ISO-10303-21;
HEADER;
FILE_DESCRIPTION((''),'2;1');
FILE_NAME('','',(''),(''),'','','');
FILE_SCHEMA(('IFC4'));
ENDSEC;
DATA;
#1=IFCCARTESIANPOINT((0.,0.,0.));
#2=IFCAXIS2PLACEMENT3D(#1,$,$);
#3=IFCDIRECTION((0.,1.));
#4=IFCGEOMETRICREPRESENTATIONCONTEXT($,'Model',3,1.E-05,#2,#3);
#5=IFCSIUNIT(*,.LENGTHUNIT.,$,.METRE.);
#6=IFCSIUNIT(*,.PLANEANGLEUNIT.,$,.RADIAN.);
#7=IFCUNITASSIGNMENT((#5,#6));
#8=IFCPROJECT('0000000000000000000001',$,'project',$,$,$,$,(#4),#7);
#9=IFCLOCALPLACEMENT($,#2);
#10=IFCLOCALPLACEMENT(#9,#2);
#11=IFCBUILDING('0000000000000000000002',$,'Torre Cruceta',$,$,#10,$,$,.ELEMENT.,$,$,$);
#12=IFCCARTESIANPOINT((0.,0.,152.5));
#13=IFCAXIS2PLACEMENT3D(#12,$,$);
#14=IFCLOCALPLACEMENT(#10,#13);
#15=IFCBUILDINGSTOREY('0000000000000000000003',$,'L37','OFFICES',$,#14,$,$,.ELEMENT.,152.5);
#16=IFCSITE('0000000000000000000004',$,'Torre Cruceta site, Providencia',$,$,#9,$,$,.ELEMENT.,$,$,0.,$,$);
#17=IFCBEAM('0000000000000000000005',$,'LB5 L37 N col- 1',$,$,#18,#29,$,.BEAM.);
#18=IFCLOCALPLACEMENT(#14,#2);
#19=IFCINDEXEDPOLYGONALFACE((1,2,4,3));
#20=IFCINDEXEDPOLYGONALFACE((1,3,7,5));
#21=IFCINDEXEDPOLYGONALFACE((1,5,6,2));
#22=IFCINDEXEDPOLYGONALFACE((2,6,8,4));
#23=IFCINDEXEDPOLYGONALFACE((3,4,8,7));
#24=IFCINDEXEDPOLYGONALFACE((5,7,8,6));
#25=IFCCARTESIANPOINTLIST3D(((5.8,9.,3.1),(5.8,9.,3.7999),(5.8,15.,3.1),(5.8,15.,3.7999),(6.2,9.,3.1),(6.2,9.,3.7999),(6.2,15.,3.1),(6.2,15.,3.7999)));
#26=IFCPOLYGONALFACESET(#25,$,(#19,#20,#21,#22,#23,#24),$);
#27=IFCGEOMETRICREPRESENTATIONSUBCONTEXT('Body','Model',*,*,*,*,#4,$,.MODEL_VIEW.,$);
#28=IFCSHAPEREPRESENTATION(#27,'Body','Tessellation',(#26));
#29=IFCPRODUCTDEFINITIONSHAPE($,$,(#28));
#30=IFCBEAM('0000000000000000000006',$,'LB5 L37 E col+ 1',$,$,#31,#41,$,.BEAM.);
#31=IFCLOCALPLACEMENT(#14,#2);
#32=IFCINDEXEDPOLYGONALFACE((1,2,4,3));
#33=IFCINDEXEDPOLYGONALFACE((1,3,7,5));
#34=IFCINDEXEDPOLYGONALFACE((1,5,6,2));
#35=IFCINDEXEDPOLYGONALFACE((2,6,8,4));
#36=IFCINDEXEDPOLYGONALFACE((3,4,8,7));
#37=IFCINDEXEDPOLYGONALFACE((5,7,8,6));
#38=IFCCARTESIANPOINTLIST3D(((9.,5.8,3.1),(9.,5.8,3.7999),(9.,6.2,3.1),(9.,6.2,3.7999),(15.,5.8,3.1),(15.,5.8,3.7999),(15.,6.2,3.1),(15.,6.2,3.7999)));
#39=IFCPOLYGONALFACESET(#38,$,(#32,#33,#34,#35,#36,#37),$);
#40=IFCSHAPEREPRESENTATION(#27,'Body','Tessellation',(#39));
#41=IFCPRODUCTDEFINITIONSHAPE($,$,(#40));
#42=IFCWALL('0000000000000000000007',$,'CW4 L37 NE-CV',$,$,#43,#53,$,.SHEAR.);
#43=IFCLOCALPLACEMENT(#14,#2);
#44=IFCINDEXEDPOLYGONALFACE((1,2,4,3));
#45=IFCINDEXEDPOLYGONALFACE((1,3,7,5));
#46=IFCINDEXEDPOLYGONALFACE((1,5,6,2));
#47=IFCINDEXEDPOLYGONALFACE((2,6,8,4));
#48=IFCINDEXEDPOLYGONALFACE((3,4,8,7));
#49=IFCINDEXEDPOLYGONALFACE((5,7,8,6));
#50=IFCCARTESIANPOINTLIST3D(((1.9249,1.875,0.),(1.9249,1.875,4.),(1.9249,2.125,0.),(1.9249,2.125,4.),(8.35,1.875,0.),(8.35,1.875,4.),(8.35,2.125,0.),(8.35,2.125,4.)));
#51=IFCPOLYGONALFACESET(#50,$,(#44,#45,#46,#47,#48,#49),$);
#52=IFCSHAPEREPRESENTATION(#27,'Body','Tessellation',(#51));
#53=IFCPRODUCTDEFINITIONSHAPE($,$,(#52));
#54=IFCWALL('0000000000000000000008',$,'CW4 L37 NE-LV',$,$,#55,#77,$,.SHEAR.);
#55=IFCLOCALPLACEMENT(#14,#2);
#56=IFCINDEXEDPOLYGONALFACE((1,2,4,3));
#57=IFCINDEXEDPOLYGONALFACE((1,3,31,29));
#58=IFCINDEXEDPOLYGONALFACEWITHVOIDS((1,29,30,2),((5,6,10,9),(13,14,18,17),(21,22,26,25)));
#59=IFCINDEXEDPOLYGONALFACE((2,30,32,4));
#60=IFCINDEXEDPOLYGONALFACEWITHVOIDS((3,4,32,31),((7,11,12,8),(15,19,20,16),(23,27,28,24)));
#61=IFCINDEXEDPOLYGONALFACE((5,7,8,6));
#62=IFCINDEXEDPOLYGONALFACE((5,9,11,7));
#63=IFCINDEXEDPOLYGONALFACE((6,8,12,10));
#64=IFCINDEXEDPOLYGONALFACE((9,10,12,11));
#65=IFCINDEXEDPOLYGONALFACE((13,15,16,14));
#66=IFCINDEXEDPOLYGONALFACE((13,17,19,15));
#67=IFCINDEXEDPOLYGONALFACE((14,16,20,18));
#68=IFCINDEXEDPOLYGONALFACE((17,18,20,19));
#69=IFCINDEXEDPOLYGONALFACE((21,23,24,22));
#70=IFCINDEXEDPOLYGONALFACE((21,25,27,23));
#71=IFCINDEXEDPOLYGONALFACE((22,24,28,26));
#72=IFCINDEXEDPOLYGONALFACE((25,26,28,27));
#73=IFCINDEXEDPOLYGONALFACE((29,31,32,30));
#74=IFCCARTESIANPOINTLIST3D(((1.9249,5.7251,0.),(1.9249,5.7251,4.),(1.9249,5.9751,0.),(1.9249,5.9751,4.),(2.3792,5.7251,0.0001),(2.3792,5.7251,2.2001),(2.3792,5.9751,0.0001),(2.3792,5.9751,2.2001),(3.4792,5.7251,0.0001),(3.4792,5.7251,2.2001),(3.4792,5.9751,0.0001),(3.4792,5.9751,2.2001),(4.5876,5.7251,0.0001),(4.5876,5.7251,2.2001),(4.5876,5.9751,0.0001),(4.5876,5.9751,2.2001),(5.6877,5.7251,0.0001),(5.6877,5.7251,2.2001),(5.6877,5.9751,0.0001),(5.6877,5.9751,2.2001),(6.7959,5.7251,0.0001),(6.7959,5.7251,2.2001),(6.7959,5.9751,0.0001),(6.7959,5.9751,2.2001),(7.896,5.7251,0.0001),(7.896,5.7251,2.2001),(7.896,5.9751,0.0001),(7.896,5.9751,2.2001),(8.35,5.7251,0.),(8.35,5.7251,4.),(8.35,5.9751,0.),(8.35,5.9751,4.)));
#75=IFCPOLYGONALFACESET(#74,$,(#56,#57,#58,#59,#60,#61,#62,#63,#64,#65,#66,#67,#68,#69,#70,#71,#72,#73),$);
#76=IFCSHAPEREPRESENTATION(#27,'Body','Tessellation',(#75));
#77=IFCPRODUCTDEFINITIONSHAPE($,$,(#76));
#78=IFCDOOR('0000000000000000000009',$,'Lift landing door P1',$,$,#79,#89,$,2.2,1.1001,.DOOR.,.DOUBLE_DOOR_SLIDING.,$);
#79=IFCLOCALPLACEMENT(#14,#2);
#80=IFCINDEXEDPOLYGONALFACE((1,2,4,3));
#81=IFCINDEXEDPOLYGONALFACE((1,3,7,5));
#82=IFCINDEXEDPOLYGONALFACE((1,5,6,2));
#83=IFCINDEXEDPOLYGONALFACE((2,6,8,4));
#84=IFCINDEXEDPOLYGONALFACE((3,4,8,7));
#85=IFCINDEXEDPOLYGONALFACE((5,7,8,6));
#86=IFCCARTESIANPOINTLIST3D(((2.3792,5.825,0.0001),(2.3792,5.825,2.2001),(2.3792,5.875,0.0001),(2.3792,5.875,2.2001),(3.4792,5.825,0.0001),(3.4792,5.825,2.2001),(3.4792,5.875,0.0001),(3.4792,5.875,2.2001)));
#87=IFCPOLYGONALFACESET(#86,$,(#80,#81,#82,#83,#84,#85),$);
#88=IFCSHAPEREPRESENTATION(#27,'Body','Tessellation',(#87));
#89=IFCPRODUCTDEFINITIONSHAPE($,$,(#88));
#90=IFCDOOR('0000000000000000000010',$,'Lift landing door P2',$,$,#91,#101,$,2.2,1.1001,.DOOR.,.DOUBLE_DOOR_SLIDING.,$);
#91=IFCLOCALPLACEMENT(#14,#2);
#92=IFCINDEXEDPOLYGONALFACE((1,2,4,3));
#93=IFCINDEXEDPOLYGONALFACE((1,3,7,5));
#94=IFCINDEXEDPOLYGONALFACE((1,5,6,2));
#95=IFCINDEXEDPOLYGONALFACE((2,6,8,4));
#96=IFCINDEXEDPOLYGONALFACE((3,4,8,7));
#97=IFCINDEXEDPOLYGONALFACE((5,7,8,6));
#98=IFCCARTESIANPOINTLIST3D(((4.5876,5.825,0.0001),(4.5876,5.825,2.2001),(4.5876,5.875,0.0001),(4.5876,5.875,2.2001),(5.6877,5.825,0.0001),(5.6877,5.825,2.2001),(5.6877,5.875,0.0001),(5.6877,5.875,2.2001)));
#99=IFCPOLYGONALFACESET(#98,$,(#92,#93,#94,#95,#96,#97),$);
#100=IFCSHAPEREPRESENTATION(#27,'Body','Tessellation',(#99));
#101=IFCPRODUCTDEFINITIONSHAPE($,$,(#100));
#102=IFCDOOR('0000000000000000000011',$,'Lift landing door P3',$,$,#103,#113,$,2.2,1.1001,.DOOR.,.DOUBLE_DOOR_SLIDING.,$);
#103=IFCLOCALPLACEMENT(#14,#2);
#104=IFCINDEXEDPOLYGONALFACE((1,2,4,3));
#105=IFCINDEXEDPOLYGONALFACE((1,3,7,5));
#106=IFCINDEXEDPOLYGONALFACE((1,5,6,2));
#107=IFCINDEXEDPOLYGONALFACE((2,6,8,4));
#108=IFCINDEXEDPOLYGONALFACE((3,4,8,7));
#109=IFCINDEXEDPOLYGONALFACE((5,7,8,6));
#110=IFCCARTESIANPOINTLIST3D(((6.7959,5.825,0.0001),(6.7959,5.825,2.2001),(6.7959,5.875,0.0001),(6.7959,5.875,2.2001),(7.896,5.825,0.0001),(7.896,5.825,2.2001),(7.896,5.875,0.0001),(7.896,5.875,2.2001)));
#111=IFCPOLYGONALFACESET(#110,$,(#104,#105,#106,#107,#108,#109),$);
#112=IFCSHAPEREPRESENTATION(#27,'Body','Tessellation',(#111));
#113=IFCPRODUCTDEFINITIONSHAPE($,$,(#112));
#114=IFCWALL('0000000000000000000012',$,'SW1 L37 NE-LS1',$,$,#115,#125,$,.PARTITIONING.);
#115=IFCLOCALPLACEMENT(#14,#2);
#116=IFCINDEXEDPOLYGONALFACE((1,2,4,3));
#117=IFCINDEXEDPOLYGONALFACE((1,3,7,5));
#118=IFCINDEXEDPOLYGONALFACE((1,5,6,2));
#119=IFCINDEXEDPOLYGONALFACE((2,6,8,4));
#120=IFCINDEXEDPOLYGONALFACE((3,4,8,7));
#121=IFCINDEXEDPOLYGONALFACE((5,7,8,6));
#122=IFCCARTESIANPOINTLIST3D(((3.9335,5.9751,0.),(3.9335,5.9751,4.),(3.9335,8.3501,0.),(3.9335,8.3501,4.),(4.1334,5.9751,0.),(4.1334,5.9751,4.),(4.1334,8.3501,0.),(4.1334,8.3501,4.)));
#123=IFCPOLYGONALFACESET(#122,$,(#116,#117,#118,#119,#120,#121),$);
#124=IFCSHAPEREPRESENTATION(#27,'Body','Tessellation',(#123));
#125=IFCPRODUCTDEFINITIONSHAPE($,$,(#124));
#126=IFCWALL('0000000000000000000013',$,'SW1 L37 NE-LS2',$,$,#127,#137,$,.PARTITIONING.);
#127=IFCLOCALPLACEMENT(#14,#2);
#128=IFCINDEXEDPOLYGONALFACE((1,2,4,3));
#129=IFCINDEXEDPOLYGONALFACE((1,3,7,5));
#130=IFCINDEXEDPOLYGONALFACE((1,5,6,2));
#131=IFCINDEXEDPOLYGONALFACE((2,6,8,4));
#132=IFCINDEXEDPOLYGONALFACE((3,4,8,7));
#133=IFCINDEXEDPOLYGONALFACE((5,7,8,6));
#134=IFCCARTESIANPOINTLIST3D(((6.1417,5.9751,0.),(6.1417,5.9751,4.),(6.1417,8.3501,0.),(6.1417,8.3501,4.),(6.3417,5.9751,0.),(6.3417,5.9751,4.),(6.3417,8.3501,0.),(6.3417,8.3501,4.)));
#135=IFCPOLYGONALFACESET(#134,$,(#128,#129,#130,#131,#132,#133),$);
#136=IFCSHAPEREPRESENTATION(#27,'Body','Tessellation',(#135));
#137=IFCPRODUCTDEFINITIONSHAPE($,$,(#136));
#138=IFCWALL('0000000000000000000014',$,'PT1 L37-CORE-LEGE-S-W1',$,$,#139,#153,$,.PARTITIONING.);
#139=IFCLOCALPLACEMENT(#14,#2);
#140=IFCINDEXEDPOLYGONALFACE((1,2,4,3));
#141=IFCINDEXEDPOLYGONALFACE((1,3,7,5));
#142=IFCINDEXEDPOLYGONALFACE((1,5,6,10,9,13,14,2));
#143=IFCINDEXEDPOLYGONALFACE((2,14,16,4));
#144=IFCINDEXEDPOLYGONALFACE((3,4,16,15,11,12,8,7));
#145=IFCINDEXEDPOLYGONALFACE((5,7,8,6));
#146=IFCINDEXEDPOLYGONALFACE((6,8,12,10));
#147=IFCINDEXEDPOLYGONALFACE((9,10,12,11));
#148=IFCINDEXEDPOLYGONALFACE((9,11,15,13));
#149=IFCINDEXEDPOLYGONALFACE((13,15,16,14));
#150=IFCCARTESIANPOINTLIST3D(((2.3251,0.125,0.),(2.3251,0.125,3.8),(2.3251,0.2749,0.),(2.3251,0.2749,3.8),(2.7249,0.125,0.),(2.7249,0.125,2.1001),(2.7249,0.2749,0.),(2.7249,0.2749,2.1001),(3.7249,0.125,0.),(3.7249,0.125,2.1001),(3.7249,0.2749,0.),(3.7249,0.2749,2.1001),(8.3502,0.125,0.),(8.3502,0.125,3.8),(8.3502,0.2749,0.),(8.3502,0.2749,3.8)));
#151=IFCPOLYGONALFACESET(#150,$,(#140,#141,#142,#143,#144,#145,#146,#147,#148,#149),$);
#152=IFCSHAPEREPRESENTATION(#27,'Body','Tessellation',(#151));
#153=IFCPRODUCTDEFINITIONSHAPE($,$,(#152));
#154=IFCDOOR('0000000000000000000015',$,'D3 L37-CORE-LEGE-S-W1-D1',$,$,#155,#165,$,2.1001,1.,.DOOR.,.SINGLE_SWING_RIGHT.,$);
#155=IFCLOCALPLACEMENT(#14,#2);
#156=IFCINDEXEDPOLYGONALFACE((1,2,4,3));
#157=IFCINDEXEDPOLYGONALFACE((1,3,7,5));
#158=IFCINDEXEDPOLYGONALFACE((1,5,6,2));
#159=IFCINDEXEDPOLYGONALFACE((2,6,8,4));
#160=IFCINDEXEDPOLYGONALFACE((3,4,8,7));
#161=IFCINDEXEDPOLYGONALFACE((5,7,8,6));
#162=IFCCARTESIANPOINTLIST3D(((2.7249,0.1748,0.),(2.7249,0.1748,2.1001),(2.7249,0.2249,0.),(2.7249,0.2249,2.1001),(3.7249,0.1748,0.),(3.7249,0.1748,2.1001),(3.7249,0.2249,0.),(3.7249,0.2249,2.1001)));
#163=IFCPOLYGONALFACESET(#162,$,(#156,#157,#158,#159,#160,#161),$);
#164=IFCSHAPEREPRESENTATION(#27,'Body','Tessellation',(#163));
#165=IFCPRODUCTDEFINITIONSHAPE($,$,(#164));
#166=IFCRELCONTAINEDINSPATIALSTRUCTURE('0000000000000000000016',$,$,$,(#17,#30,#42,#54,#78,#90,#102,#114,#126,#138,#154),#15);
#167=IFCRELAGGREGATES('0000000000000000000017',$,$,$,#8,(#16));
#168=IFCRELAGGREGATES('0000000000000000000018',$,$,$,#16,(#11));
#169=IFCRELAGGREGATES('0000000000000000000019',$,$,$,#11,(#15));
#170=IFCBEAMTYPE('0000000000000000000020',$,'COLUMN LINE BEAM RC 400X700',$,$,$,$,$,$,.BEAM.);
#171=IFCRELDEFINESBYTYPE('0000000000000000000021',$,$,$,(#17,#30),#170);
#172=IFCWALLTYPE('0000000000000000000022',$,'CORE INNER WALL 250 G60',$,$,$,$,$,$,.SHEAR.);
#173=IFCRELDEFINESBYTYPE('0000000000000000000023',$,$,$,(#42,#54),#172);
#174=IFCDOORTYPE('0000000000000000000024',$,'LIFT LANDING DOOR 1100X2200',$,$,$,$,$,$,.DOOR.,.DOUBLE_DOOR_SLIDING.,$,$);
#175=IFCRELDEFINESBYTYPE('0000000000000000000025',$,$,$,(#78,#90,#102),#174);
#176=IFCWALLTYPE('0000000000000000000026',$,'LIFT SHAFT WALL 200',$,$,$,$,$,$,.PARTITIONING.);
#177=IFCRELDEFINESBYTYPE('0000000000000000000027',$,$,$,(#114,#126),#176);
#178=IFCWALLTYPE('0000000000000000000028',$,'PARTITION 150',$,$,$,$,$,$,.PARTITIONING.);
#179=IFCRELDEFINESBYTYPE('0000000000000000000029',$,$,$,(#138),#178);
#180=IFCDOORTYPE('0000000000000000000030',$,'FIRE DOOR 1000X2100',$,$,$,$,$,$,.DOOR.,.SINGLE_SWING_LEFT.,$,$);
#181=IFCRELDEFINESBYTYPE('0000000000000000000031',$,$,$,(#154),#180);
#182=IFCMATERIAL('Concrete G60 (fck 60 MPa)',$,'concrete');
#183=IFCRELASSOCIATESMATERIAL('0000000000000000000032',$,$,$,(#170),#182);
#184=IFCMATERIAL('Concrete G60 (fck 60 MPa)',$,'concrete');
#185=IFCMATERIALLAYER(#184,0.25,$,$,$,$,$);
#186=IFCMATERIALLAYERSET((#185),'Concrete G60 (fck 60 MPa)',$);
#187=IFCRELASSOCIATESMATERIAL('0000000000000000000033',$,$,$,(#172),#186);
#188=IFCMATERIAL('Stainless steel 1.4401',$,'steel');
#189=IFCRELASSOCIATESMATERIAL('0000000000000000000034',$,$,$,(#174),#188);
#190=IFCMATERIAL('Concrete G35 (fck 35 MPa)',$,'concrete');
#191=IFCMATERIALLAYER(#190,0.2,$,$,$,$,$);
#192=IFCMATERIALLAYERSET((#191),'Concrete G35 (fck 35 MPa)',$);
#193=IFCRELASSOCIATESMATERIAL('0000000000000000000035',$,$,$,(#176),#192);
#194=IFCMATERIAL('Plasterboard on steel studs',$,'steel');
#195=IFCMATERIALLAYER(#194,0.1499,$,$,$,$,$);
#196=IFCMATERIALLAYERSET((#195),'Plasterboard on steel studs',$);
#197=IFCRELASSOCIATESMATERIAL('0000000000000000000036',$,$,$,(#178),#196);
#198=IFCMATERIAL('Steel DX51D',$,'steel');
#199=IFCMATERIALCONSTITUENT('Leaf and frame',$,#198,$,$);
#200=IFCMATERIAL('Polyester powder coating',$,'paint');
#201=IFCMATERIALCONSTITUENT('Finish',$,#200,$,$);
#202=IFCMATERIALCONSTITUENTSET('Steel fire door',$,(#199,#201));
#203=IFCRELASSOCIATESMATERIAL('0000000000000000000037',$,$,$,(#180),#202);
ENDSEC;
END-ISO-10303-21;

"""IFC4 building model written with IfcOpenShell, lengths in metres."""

from ifc_helpers import new_model, si_unit, direction, frame, frame_2d, origin, origin_2d, place, context, subcontext, project, spatial, rectangle, extrude, material, layer, layer_set, constituent, constituent_set, material_profile, profile_set, type_object, element, fill, save


model = new_model("IFC4")

# Units and contexts
model_context = context("Model", 3, precision=1e-05, world=origin(), true_north=direction((0.0, 1.0)))
body_context = subcontext(model_context, "Body", "Model", "MODEL_VIEW")
ifc_project = project(units=[si_unit("LENGTHUNIT", "METRE"), si_unit("PLANEANGLEUNIT", "RADIAN")], contexts=[model_context])

# Site, building, storey
site_placement = place(None, origin())
site = spatial("IfcSite", under=ifc_project, at=site_placement, Name="Torre Cruceta site, Providencia", CompositionType="ELEMENT", RefElevation=0.0)
building_placement = place(site_placement, origin())
building = spatial("IfcBuilding", under=site, at=building_placement, Name="Torre Cruceta", CompositionType="ELEMENT")
storey_placement = place(building_placement, frame((0.0, 0.0, 152.5)))
storey = spatial("IfcBuildingStorey", under=building, at=storey_placement, Name="L37", Description="OFFICES", CompositionType="ELEMENT", Elevation=152.5)

# Beams
ifc_material_1 = material(Name="Concrete G60 (fck 60 MPa)", Category="concrete")
ifc_material_profile = material_profile(ifc_material_1, rectangle(XDim=0.3999, YDim=0.7, at=origin_2d()), Name="RC 400X700")
ifc_profile_set = profile_set([ifc_material_profile], Name="Concrete G60 (fck 60 MPa)")
beam_type = type_object("IfcBeamType", Name="COLUMN LINE BEAM RC 400X700", PredefinedType="BEAM", material=ifc_profile_set)
for number, where, z_axis, x_axis, name in (
    (1, (6.0, 9.0, 3.45), (0.0, 1.0, 0.0), (-1.0, 0.0, 0.0), "LB5 L37 N col- 1"),
    (2, (9.0, 6.0, 3.45), (1.0, 0.0, 0.0), (0.0, 1.0, 0.0), "LB5 L37 E col+ 1"),
):
    element("IfcBeam", number, at=place(storey_placement, frame(where, z_axis=z_axis, x_axis=x_axis)), inside=storey, type_object=beam_type, Name=name, PredefinedType="BEAM", context=body_context, shape_type="SweptSolid", body=[
        extrude(rectangle(XDim=0.3999, YDim=0.7, at=origin_2d()), origin(), (0.0, 0.0, 1.0), 6.0),
    ])

# Shared definitions
ifc_material_2 = material(Name="Concrete G60 (fck 60 MPa)", Category="concrete")
ifc_layer_1 = layer(ifc_material_2, 0.25)
ifc_layer_set_1 = layer_set([ifc_layer_1], Name="Concrete G60 (fck 60 MPa)")
wall_type_1 = type_object("IfcWallType", Name="CORE INNER WALL 250 G60", PredefinedType="SHEAR", material=ifc_layer_set_1)

# Wall
wall_1_placement = place(storey_placement, frame((1.925, 2.0, 0.0), z_axis=(0.0, 0.0, 1.0), x_axis=(1.0, 0.0, 0.0)))
element("IfcWall", 3, at=wall_1_placement, inside=storey, type_object=wall_type_1, Name="CW4 L37 NE-CV", PredefinedType="SHEAR", context=body_context, shape_type="SweptSolid", body=[
    extrude(rectangle(XDim=6.425, YDim=0.25, at=frame_2d((3.2124, 0.0))), origin(), (0.0, 0.0, 1.0), 4.0),
])

# Wall, openings, doors
wall_2_placement = place(storey_placement, frame((1.925, 5.8501, 0.0), z_axis=(0.0, 0.0, 1.0), x_axis=(1.0, 0.0, 0.0)))
wall_2 = element("IfcWall", 4, at=wall_2_placement, inside=storey, type_object=wall_type_1, Name="CW4 L37 NE-LV", PredefinedType="SHEAR", context=body_context, shape_type="SweptSolid", body=[
    extrude(rectangle(XDim=6.425, YDim=0.25, at=frame_2d((3.2124, 0.0))), origin(), (0.0, 0.0, 1.0), 4.0),
])
opening_1_placement = place(wall_2_placement, frame((0.4541, 0.0, 0.0)))
opening_1 = element("IfcOpeningElement", 5, at=opening_1_placement, cuts=wall_2, PredefinedType="OPENING", context=body_context, shape_type="SweptSolid", body=[
    extrude(rectangle(XDim=1.1001, YDim=2.2, at=frame_2d((0.55, 1.1001))), frame((0.0, 0.135, 0.0), z_axis=(0.0, -1.0, 0.0), x_axis=(1.0, 0.0, 0.0)), (0.0, 0.0, 1.0), 0.27),
])
opening_2_placement = place(wall_2_placement, frame((2.6626, 0.0, 0.0)))
opening_2 = element("IfcOpeningElement", 6, at=opening_2_placement, cuts=wall_2, PredefinedType="OPENING", context=body_context, shape_type="SweptSolid", body=[
    extrude(rectangle(XDim=1.1001, YDim=2.2, at=frame_2d((0.55, 1.1001))), frame((0.0, 0.135, 0.0), z_axis=(0.0, -1.0, 0.0), x_axis=(1.0, 0.0, 0.0)), (0.0, 0.0, 1.0), 0.27),
])
opening_3_placement = place(wall_2_placement, frame((4.8708, 0.0, 0.0)))
opening_3 = element("IfcOpeningElement", 7, at=opening_3_placement, cuts=wall_2, PredefinedType="OPENING", context=body_context, shape_type="SweptSolid", body=[
    extrude(rectangle(XDim=1.1001, YDim=2.2, at=frame_2d((0.55, 1.1001))), frame((0.0, 0.135, 0.0), z_axis=(0.0, -1.0, 0.0), x_axis=(1.0, 0.0, 0.0)), (0.0, 0.0, 1.0), 0.27),
])
ifc_material_3 = material(Name="Stainless steel 1.4401", Category="steel")
door_type_1 = type_object("IfcDoorType", Name="LIFT LANDING DOOR 1100X2200", OperationType="DOUBLE_DOOR_SLIDING", PredefinedType="DOOR", material=ifc_material_3)
door_1_placement = place(opening_1_placement, origin())
door_1 = element("IfcDoor", 8, at=door_1_placement, inside=storey, type_object=door_type_1, Name="Lift landing door P1", OperationType="DOUBLE_DOOR_SLIDING", OverallHeight=2.2, OverallWidth=1.1001, PredefinedType="DOOR", context=body_context, shape_type="SweptSolid", body=[
    extrude(rectangle(XDim=1.1001, YDim=2.2, at=frame_2d((0.55, 1.1001))), frame((0.0, 0.0249, 0.0), z_axis=(0.0, -1.0, 0.0), x_axis=(1.0, 0.0, 0.0)), (0.0, 0.0, 1.0), 0.05),
])
fill(opening_1, door_1)
door_2_placement = place(opening_2_placement, origin())
door_2 = element("IfcDoor", 9, at=door_2_placement, inside=storey, type_object=door_type_1, Name="Lift landing door P2", OperationType="DOUBLE_DOOR_SLIDING", OverallHeight=2.2, OverallWidth=1.1001, PredefinedType="DOOR", context=body_context, shape_type="SweptSolid", body=[
    extrude(rectangle(XDim=1.1001, YDim=2.2, at=frame_2d((0.55, 1.1001))), frame((0.0, 0.0249, 0.0), z_axis=(0.0, -1.0, 0.0), x_axis=(1.0, 0.0, 0.0)), (0.0, 0.0, 1.0), 0.05),
])
fill(opening_2, door_2)
door_3_placement = place(opening_3_placement, origin())
door_3 = element("IfcDoor", 10, at=door_3_placement, inside=storey, type_object=door_type_1, Name="Lift landing door P3", OperationType="DOUBLE_DOOR_SLIDING", OverallHeight=2.2, OverallWidth=1.1001, PredefinedType="DOOR", context=body_context, shape_type="SweptSolid", body=[
    extrude(rectangle(XDim=1.1001, YDim=2.2, at=frame_2d((0.55, 1.1001))), frame((0.0, 0.0249, 0.0), z_axis=(0.0, -1.0, 0.0), x_axis=(1.0, 0.0, 0.0)), (0.0, 0.0, 1.0), 0.05),
])
fill(opening_3, door_3)

# Walls
ifc_material_4 = material(Name="Concrete G35 (fck 35 MPa)", Category="concrete")
ifc_layer_2 = layer(ifc_material_4, 0.2)
ifc_layer_set_2 = layer_set([ifc_layer_2], Name="Concrete G35 (fck 35 MPa)")
wall_type_2 = type_object("IfcWallType", Name="LIFT SHAFT WALL 200", PredefinedType="PARTITIONING", material=ifc_layer_set_2)
for number, where, z_axis, x_axis, name in (
    (11, (4.0334, 5.9751, 0.0), (0.0, 0.0, 1.0), (0.0, 1.0, 0.0), "SW1 L37 NE-LS1"),
    (12, (6.2417, 5.9751, 0.0), (0.0, 0.0, 1.0), (0.0, 1.0, 0.0), "SW1 L37 NE-LS2"),
):
    element("IfcWall", number, at=place(storey_placement, frame(where, z_axis=z_axis, x_axis=x_axis)), inside=storey, type_object=wall_type_2, Name=name, PredefinedType="PARTITIONING", context=body_context, shape_type="SweptSolid", body=[
        extrude(rectangle(XDim=2.375, YDim=0.2, at=frame_2d((1.1875, 0.0))), origin(), (0.0, 0.0, 1.0), 4.0),
    ])

# Wall, opening, door
ifc_material_5 = material(Name="Plasterboard on steel studs", Category="steel")
ifc_layer_3 = layer(ifc_material_5, 0.1499)
ifc_layer_set_3 = layer_set([ifc_layer_3], Name="Plasterboard on steel studs")
wall_type_3 = type_object("IfcWallType", Name="PARTITION 150", PredefinedType="PARTITIONING", material=ifc_layer_set_3)
wall_3_placement = place(storey_placement, frame((2.325, 0.2, 0.0), z_axis=(0.0, 0.0, 1.0), x_axis=(1.0, 0.0, 0.0)))
wall_3 = element("IfcWall", 13, at=wall_3_placement, inside=storey, type_object=wall_type_3, Name="PT1 L37-CORE-LEGE-S-W1", PredefinedType="PARTITIONING", context=body_context, shape_type="SweptSolid", body=[
    extrude(rectangle(XDim=6.0251, YDim=0.1499, at=frame_2d((3.0127, 0.0))), origin(), (0.0, 0.0, 1.0), 3.8),
])
opening_4_placement = place(wall_3_placement, frame((0.3999, 0.0, 0.0)))
opening_4 = element("IfcOpeningElement", 14, at=opening_4_placement, cuts=wall_3, PredefinedType="OPENING", context=body_context, shape_type="SweptSolid", body=[
    extrude(rectangle(XDim=1.0, YDim=2.1001, at=frame_2d((0.5, 1.05))), frame((0.0, 0.085, 0.0), z_axis=(0.0, -1.0, 0.0), x_axis=(1.0, 0.0, 0.0)), (0.0, 0.0, 1.0), 0.1699),
])
ifc_material_6 = material(Name="Steel DX51D", Category="steel")
ifc_constituent_1 = constituent(ifc_material_6, Name="Leaf and frame")
ifc_material_7 = material(Name="Polyester powder coating", Category="paint")
ifc_constituent_2 = constituent(ifc_material_7, Name="Finish")
ifc_constituent_set_1 = constituent_set(constituents=[ifc_constituent_1, ifc_constituent_2], Name="Steel fire door")
door_type_2 = type_object("IfcDoorType", Name="FIRE DOOR 1000X2100", OperationType="SINGLE_SWING_LEFT", PredefinedType="DOOR", material=ifc_constituent_set_1)
door_4_placement = place(opening_4_placement, frame((1.0, 0.0, 0.0), z_axis=(0.0, 0.0, 1.0), x_axis=(-1.0, 0.0, 0.0)))
door_4 = element("IfcDoor", 15, at=door_4_placement, inside=storey, type_object=door_type_2, Name="D3 L37-CORE-LEGE-S-W1-D1", OperationType="SINGLE_SWING_RIGHT", OverallHeight=2.1001, OverallWidth=1.0, PredefinedType="DOOR", context=body_context, shape_type="SweptSolid", body=[
    extrude(rectangle(XDim=1.0, YDim=2.1001, at=frame_2d((0.5, 1.05))), frame((0.0, 0.0251, 0.0), z_axis=(0.0, -1.0, 0.0), x_axis=(1.0, 0.0, 0.0)), (0.0, 0.0, 1.0), 0.05),
])
fill(opening_4, door_4)

save(model, "model.ifc")
